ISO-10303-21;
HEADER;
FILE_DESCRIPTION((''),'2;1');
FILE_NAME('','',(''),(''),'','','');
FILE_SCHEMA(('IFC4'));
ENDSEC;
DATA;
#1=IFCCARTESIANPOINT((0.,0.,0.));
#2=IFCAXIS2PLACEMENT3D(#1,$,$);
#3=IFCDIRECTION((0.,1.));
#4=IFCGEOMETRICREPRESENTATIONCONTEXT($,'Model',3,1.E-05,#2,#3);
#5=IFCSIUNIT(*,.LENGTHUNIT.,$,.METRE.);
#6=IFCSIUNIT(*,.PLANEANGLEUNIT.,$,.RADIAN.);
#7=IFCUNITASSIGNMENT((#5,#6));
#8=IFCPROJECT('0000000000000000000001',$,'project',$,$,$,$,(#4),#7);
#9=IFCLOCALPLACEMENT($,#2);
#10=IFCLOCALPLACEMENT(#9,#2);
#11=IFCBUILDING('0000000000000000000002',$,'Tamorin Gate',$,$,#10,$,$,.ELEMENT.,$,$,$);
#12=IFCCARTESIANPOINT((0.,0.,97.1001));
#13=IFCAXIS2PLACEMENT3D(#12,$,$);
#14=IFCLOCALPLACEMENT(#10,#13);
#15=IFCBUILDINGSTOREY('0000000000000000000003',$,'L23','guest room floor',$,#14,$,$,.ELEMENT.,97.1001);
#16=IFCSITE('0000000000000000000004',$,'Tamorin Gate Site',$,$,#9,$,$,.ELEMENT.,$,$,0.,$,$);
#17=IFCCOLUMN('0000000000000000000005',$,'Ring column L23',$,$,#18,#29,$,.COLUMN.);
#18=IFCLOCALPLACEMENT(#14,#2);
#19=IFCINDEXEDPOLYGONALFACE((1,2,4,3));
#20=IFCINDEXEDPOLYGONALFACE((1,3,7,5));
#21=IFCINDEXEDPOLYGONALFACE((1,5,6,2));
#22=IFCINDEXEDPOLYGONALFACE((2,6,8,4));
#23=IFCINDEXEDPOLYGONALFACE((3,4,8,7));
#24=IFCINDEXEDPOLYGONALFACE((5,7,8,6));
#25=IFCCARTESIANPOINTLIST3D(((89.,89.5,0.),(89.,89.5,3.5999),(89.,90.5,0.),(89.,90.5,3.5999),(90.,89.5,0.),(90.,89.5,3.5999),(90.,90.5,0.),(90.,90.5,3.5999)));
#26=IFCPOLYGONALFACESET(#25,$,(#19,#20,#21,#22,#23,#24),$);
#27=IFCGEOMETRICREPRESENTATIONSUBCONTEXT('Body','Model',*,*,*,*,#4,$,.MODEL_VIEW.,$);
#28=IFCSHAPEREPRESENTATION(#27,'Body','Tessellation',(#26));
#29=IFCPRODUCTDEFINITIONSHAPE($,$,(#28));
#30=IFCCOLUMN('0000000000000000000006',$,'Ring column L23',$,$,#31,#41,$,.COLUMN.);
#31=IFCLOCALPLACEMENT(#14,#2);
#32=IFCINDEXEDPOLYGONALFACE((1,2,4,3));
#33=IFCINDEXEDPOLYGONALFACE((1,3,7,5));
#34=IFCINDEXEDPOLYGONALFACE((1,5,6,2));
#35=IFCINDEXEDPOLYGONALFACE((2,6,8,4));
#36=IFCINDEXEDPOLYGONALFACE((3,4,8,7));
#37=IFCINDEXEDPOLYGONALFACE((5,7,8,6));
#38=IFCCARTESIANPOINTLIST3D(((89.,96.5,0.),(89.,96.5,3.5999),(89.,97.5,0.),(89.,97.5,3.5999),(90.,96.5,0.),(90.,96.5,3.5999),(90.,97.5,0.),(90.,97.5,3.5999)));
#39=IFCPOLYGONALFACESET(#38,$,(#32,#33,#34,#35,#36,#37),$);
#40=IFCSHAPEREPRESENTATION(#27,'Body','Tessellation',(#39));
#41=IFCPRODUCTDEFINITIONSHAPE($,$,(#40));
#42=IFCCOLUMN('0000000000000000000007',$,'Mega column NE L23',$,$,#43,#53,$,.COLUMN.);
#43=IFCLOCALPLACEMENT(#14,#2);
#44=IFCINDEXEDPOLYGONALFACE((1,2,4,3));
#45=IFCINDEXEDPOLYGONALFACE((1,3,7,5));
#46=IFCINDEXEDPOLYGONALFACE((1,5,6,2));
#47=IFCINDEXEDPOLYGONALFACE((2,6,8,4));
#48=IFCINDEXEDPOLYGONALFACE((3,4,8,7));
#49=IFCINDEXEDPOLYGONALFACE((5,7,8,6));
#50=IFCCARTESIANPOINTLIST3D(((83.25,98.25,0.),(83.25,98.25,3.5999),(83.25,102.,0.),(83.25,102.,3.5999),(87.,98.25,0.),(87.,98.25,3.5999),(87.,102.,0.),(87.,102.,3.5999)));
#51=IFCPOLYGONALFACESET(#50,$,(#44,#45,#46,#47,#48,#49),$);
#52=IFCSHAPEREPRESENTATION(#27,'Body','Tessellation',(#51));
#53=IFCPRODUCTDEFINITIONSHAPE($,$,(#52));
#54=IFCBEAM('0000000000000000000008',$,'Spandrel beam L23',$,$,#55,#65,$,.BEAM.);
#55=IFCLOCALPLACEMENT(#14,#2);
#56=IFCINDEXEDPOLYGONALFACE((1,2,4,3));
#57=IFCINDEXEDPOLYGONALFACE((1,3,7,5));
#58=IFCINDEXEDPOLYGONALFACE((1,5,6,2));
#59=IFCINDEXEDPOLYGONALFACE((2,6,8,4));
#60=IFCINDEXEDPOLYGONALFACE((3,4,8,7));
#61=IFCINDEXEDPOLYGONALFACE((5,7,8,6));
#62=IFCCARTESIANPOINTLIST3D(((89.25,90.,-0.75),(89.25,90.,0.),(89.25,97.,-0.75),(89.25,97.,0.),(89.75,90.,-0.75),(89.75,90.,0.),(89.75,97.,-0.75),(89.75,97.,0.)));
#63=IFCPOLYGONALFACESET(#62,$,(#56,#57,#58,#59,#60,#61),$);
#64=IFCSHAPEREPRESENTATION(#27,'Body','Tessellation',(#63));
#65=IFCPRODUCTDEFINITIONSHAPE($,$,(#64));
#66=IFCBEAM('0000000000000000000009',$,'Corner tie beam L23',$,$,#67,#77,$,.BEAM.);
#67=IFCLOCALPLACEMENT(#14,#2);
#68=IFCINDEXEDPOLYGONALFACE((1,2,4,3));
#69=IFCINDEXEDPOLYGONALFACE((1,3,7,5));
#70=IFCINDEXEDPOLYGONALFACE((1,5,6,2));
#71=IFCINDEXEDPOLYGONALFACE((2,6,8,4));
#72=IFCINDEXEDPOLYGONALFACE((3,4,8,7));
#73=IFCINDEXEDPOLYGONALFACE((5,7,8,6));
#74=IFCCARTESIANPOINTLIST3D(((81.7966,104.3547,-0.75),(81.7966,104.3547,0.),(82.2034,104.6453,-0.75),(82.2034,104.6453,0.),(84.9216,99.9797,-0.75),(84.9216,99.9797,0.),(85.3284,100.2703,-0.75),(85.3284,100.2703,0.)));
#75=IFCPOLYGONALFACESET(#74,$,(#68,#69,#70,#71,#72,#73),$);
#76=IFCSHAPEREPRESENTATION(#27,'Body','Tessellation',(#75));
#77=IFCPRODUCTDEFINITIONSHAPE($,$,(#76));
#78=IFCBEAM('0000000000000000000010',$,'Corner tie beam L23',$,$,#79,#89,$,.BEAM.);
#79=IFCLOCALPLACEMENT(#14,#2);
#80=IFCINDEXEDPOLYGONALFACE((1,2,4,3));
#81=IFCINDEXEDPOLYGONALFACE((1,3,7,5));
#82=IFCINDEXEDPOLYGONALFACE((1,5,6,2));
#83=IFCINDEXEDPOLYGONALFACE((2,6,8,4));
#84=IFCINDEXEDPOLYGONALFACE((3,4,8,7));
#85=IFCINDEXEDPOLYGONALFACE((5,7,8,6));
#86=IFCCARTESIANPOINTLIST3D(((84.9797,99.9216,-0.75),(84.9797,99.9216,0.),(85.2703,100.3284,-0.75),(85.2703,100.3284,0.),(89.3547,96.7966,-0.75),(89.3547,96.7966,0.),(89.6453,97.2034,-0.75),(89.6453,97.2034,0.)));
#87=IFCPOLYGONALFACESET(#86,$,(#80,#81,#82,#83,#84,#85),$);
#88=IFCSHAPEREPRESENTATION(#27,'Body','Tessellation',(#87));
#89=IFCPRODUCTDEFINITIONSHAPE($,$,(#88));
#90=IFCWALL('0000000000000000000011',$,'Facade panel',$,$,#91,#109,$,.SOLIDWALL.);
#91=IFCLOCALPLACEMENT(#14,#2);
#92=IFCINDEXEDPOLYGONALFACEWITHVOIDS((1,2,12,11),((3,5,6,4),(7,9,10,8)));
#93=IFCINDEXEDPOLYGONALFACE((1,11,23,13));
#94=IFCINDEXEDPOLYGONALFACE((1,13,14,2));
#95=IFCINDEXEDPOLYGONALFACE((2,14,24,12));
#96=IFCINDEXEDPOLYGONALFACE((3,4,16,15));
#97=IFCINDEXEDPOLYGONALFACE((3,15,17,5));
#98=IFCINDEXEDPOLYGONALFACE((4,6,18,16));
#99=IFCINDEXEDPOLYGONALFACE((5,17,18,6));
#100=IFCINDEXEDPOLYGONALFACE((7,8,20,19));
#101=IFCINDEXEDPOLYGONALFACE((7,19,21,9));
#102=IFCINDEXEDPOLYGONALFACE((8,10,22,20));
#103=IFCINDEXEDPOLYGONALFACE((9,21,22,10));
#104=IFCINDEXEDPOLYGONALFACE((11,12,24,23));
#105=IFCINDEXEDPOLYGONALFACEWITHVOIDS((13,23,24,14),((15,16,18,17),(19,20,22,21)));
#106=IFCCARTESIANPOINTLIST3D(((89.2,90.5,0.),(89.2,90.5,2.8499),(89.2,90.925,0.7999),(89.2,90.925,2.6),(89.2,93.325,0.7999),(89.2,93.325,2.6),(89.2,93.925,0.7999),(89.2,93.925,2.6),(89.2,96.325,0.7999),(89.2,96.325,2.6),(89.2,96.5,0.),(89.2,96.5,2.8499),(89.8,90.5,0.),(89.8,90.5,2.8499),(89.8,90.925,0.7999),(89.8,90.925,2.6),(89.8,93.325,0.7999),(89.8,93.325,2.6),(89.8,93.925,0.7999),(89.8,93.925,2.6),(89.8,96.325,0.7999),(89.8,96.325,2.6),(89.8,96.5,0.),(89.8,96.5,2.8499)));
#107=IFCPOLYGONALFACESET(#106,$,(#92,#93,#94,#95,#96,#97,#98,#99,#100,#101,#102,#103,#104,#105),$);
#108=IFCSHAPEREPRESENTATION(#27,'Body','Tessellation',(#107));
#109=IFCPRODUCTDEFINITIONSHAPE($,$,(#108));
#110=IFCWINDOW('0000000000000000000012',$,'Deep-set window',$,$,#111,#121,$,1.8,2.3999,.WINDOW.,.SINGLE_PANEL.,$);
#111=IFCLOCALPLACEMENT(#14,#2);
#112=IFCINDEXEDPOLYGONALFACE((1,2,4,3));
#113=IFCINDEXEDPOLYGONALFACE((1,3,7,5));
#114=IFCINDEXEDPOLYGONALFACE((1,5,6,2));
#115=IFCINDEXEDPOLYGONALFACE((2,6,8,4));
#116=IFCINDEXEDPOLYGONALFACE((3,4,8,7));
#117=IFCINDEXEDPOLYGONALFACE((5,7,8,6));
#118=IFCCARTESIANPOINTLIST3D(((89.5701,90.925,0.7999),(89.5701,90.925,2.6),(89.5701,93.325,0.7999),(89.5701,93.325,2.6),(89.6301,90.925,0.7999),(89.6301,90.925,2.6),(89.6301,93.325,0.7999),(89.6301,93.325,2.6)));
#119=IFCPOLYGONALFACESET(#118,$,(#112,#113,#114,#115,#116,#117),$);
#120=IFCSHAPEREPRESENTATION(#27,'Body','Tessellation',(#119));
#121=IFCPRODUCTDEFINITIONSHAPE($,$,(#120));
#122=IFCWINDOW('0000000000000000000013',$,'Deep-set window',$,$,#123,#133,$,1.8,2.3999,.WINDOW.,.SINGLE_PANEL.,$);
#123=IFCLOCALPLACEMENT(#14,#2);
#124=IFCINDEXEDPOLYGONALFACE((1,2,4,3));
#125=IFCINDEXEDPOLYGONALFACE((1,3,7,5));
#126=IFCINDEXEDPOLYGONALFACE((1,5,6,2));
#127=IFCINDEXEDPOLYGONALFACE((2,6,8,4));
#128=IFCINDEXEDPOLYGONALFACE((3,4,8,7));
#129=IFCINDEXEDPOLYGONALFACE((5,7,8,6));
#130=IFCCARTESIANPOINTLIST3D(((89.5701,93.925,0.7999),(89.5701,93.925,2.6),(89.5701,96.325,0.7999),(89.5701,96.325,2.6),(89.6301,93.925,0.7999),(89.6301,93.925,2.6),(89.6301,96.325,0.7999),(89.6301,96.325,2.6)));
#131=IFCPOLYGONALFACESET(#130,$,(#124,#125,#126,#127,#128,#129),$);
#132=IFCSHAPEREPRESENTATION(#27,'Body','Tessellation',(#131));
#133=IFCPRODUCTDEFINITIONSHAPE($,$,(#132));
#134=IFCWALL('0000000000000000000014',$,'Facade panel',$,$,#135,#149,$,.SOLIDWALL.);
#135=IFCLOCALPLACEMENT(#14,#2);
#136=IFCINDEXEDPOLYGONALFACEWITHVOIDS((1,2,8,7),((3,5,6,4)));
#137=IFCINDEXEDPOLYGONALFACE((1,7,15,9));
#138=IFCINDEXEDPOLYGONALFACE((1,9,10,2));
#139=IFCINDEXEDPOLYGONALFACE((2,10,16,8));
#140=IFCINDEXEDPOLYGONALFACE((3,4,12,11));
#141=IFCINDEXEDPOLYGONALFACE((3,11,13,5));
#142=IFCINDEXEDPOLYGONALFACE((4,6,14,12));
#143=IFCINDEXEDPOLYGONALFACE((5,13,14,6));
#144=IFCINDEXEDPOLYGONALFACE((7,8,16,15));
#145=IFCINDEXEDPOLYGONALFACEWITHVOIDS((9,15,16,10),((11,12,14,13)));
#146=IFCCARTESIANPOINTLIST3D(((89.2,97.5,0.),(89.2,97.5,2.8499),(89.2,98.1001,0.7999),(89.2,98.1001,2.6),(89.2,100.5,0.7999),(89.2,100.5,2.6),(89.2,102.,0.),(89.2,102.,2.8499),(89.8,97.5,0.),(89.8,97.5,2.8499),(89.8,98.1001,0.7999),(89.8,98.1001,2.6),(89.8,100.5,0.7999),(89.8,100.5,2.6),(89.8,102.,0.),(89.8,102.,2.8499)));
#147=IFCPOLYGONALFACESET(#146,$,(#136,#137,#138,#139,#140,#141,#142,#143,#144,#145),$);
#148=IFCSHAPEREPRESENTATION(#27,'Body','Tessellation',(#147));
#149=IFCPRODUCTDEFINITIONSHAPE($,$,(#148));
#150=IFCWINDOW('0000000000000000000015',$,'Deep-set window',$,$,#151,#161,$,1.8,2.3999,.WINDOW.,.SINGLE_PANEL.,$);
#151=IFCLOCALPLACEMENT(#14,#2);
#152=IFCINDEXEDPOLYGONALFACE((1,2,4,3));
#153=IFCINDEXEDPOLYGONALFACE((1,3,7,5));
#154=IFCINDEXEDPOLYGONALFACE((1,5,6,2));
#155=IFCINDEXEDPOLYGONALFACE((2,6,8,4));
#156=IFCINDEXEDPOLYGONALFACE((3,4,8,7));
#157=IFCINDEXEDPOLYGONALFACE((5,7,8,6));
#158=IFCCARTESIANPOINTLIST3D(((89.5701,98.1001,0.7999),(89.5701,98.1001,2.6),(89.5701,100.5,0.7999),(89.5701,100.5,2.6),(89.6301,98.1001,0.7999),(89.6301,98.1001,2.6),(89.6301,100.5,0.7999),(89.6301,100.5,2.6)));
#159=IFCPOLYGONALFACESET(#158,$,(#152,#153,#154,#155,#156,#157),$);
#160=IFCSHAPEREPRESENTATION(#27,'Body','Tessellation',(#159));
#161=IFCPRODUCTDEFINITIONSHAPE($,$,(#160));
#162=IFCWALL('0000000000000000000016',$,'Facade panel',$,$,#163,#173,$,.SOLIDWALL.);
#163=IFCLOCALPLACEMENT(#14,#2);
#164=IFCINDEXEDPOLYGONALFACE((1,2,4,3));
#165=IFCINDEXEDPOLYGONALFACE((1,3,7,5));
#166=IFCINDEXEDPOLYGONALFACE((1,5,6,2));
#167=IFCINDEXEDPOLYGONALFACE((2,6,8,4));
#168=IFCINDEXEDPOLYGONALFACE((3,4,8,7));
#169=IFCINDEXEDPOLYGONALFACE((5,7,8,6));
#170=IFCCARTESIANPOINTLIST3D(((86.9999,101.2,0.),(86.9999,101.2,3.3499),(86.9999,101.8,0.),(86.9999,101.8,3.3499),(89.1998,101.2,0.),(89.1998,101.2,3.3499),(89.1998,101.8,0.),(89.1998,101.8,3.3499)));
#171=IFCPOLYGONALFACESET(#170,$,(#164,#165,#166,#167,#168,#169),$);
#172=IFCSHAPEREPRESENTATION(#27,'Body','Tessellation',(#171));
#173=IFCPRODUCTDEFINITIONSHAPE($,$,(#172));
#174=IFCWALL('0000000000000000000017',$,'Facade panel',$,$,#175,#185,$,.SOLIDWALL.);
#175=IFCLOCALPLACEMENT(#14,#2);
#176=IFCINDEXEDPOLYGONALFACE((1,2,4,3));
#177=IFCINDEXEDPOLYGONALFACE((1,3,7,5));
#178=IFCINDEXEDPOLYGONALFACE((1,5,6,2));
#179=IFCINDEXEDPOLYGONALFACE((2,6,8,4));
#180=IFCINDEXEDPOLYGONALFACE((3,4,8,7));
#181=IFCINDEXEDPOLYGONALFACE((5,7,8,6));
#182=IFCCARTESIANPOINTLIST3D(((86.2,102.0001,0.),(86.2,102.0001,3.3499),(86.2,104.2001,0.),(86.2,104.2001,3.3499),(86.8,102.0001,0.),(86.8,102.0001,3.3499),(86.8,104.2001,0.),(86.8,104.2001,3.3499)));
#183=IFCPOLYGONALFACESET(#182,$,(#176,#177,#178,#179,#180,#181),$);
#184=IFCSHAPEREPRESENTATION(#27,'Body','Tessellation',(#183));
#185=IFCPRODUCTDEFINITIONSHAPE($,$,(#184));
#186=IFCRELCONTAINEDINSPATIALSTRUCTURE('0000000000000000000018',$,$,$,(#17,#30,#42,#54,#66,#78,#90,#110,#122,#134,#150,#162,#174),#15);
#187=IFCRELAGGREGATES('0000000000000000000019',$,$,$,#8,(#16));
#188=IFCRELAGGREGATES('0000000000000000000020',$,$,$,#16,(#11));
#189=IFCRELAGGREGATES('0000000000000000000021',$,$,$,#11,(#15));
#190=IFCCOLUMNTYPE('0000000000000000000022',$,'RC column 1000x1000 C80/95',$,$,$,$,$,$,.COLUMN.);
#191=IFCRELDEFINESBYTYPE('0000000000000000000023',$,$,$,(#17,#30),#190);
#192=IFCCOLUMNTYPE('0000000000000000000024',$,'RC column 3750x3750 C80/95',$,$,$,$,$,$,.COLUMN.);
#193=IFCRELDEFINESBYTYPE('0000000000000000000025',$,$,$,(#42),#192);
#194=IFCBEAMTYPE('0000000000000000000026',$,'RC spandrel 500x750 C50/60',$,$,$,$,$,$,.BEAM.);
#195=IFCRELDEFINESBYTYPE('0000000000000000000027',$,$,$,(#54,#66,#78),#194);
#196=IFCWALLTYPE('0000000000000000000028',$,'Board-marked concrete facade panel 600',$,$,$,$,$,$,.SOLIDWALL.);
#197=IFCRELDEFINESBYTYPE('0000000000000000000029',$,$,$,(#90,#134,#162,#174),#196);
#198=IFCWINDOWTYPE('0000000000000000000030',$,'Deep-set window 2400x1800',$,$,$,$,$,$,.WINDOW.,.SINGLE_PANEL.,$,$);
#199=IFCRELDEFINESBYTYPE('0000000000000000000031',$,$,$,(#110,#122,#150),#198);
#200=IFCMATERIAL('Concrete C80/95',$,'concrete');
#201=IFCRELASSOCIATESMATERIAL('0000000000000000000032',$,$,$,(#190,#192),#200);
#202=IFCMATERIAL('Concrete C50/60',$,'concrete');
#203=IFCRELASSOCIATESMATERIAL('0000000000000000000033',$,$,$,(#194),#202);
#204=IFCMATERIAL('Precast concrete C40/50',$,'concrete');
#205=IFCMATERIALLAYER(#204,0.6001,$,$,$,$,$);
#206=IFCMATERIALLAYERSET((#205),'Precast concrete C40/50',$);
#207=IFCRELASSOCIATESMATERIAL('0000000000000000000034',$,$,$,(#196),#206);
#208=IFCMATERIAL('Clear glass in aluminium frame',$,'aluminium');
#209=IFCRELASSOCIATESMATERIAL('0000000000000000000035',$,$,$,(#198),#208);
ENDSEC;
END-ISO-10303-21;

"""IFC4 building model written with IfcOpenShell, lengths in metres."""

from ifc_helpers import new_model, si_unit, direction, frame, frame_2d, origin, origin_2d, place, context, subcontext, project, spatial, rectangle, extrude, material, layer, layer_set, material_profile, profile_set, type_object, element, fill, save


model = new_model("IFC4")

# Units and contexts
model_context = context("Model", 3, precision=1e-05, world=origin(), true_north=direction((0.0, 1.0)))
body_context = subcontext(model_context, "Body", "Model", "MODEL_VIEW")
ifc_project = project(units=[si_unit("LENGTHUNIT", "METRE"), si_unit("PLANEANGLEUNIT", "RADIAN")], contexts=[model_context])

# Site, building, storey
site_placement = place(None, origin())
site = spatial("IfcSite", under=ifc_project, at=site_placement, Name="Tamorin Gate Site", CompositionType="ELEMENT", RefElevation=0.0)
building_placement = place(site_placement, origin())
building = spatial("IfcBuilding", under=site, at=building_placement, Name="Tamorin Gate", CompositionType="ELEMENT")
storey_placement = place(building_placement, frame((0.0, 0.0, 97.1001)))
storey = spatial("IfcBuildingStorey", under=building, at=storey_placement, Name="L23", Description="guest room floor", CompositionType="ELEMENT", Elevation=97.1001)

# Columns
ifc_material_1 = material(Name="Concrete C80/95", Category="concrete")
ifc_material_profile_1 = material_profile(ifc_material_1, rectangle(XDim=1.0, YDim=1.0, at=origin_2d()), Name="RC 1000x1000")
ifc_profile_set_1 = profile_set([ifc_material_profile_1], Name="Concrete C80/95")
column_type_1 = type_object("IfcColumnType", Name="RC column 1000x1000 C80/95", PredefinedType="COLUMN", material=ifc_profile_set_1)
for number, where, z_axis, x_axis, name in (
    (1, (89.5, 90.0, 0.0), (0.0, 0.0, 1.0), (1.0, 0.0, 0.0), "Ring column L23"),
    (2, (89.5, 97.0, 0.0), (0.0, 0.0, 1.0), (1.0, 0.0, 0.0), "Ring column L23"),
):
    element("IfcColumn", number, at=place(storey_placement, frame(where, z_axis=z_axis, x_axis=x_axis)), inside=storey, type_object=column_type_1, Name=name, PredefinedType="COLUMN", context=body_context, shape_type="SweptSolid", body=[
        extrude(rectangle(XDim=1.0, YDim=1.0, at=origin_2d()), origin(), (0.0, 0.0, 1.0), 3.5999),
    ])
ifc_material_profile_2 = material_profile(ifc_material_1, rectangle(XDim=3.75, YDim=3.75, at=origin_2d()), Name="RC 3750x3750")
ifc_profile_set_2 = profile_set([ifc_material_profile_2], Name="Concrete C80/95")
column_type_2 = type_object("IfcColumnType", Name="RC column 3750x3750 C80/95", PredefinedType="COLUMN", material=ifc_profile_set_2)
column_placement = place(storey_placement, frame((85.125, 100.125, 0.0), z_axis=(0.0, 0.0, 1.0), x_axis=(1.0, 0.0, 0.0)))
element("IfcColumn", 3, at=column_placement, inside=storey, type_object=column_type_2, Name="Mega column NE L23", PredefinedType="COLUMN", context=body_context, shape_type="SweptSolid", body=[
    extrude(rectangle(XDim=3.75, YDim=3.75, at=origin_2d()), origin(), (0.0, 0.0, 1.0), 3.5999),
])

# Beams
ifc_material_2 = material(Name="Concrete C50/60", Category="concrete")
ifc_material_profile_3 = material_profile(ifc_material_2, rectangle(XDim=0.5, YDim=0.75, at=origin_2d()), Name="RC 500x750")
ifc_profile_set_3 = profile_set([ifc_material_profile_3], Name="Concrete C50/60")
beam_type = type_object("IfcBeamType", Name="RC spandrel 500x750 C50/60", PredefinedType="BEAM", material=ifc_profile_set_3)
beam_placement = place(storey_placement, frame((89.5, 90.0, -0.375), z_axis=(0.0, 1.0, 0.0), x_axis=(-1.0, 0.0, 0.0)))
element("IfcBeam", 4, at=beam_placement, inside=storey, type_object=beam_type, Name="Spandrel beam L23", PredefinedType="BEAM", context=body_context, shape_type="SweptSolid", body=[
    extrude(rectangle(XDim=0.5, YDim=0.75, at=origin_2d()), origin(), (0.0, 0.0, 1.0), 7.0),
])
for number, where, z_axis, x_axis, name in (
    (5, (85.125, 100.125, -0.375), (-0.581238, 0.813733, 0.0), (-0.813733, -0.581238, 0.0), "Corner tie beam L23"),
    (6, (85.125, 100.125, -0.375), (0.813733, -0.581238, 0.0), (0.581238, 0.813733, 0.0), "Corner tie beam L23"),
):
    element("IfcBeam", number, at=place(storey_placement, frame(where, z_axis=z_axis, x_axis=x_axis)), inside=storey, type_object=beam_type, Name=name, PredefinedType="BEAM", context=body_context, shape_type="SweptSolid", body=[
        extrude(rectangle(XDim=0.5, YDim=0.75, at=origin_2d()), origin(), (0.0, 0.0, 1.0), 5.3765),
    ])

# Wall, openings, windows
ifc_material_3 = material(Name="Precast concrete C40/50", Category="concrete")
ifc_layer_1 = layer(ifc_material_3, 0.6001)
ifc_layer_set_1 = layer_set([ifc_layer_1], Name="Precast concrete C40/50")
wall_type_1 = type_object("IfcWallType", Name="Board-marked concrete facade panel 600", PredefinedType="SOLIDWALL", material=ifc_layer_set_1)
wall_1_placement = place(storey_placement, frame((89.5, 90.5, 0.0), z_axis=(0.0, 0.0, 1.0), x_axis=(0.0, 1.0, 0.0)))
wall_1 = element("IfcWall", 7, at=wall_1_placement, inside=storey, type_object=wall_type_1, Name="Facade panel", PredefinedType="SOLIDWALL", context=body_context, shape_type="SweptSolid", body=[
    extrude(rectangle(XDim=6.0, YDim=0.6001, at=frame_2d((3.0, 0.0))), origin(), (0.0, 0.0, 1.0), 2.8499),
])
opening_1_placement = place(wall_1_placement, frame((0.425, 0.0, 0.8)))
opening_1 = element("IfcOpeningElement", 8, at=opening_1_placement, cuts=wall_1, PredefinedType="OPENING", context=body_context, shape_type="SweptSolid", body=[
    extrude(rectangle(XDim=2.3999, YDim=1.8, at=frame_2d((1.2, 0.8999))), frame((0.0, 0.3101, 0.0), z_axis=(0.0, -1.0, 0.0), x_axis=(1.0, 0.0, 0.0)), (0.0, 0.0, 1.0), 0.6201),
])
opening_2_placement = place(wall_1_placement, frame((3.425, 0.0, 0.8)))
opening_2 = element("IfcOpeningElement", 9, at=opening_2_placement, cuts=wall_1, PredefinedType="OPENING", context=body_context, shape_type="SweptSolid", body=[
    extrude(rectangle(XDim=2.3999, YDim=1.8, at=frame_2d((1.2, 0.8999))), frame((0.0, 0.3101, 0.0), z_axis=(0.0, -1.0, 0.0), x_axis=(1.0, 0.0, 0.0)), (0.0, 0.0, 1.0), 0.6201),
])
ifc_material_4 = material(Name="Clear glass in aluminium frame", Category="aluminium")
window_type = type_object("IfcWindowType", Name="Deep-set window 2400x1800", PartitioningType="SINGLE_PANEL", PredefinedType="WINDOW", material=ifc_material_4)
window_1_placement = place(opening_1_placement, origin())
window_1 = element("IfcWindow", 10, at=window_1_placement, inside=storey, type_object=window_type, Name="Deep-set window", OverallHeight=1.8, OverallWidth=2.3999, PartitioningType="SINGLE_PANEL", PredefinedType="WINDOW", context=body_context, shape_type="SweptSolid", body=[
    extrude(rectangle(XDim=2.3999, YDim=1.8, at=frame_2d((1.2, 0.8999))), frame((0.0, -0.0701, 0.0), z_axis=(0.0, -1.0, 0.0), x_axis=(1.0, 0.0, 0.0)), (0.0, 0.0, 1.0), 0.0601),
])
fill(opening_1, window_1)
window_2_placement = place(opening_2_placement, origin())
window_2 = element("IfcWindow", 11, at=window_2_placement, inside=storey, type_object=window_type, Name="Deep-set window", OverallHeight=1.8, OverallWidth=2.3999, PartitioningType="SINGLE_PANEL", PredefinedType="WINDOW", context=body_context, shape_type="SweptSolid", body=[
    extrude(rectangle(XDim=2.3999, YDim=1.8, at=frame_2d((1.2, 0.8999))), frame((0.0, -0.0701, 0.0), z_axis=(0.0, -1.0, 0.0), x_axis=(1.0, 0.0, 0.0)), (0.0, 0.0, 1.0), 0.0601),
])
fill(opening_2, window_2)

# Wall, opening, window
wall_2_placement = place(storey_placement, frame((89.5, 97.5, 0.0), z_axis=(0.0, 0.0, 1.0), x_axis=(0.0, 1.0, 0.0)))
wall_2 = element("IfcWall", 12, at=wall_2_placement, inside=storey, type_object=wall_type_1, Name="Facade panel", PredefinedType="SOLIDWALL", context=body_context, shape_type="SweptSolid", body=[
    extrude(rectangle(XDim=4.5, YDim=0.6001, at=frame_2d((2.25, 0.0))), origin(), (0.0, 0.0, 1.0), 2.8499),
])
opening_3_placement = place(wall_2_placement, frame((0.6001, 0.0, 0.8)))
opening_3 = element("IfcOpeningElement", 13, at=opening_3_placement, cuts=wall_2, PredefinedType="OPENING", context=body_context, shape_type="SweptSolid", body=[
    extrude(rectangle(XDim=2.3999, YDim=1.8, at=frame_2d((1.2, 0.8999))), frame((0.0, 0.3101, 0.0), z_axis=(0.0, -1.0, 0.0), x_axis=(1.0, 0.0, 0.0)), (0.0, 0.0, 1.0), 0.6201),
])
window_3_placement = place(opening_3_placement, origin())
window_3 = element("IfcWindow", 14, at=window_3_placement, inside=storey, type_object=window_type, Name="Deep-set window", OverallHeight=1.8, OverallWidth=2.3999, PartitioningType="SINGLE_PANEL", PredefinedType="WINDOW", context=body_context, shape_type="SweptSolid", body=[
    extrude(rectangle(XDim=2.3999, YDim=1.8, at=frame_2d((1.2, 0.8999))), frame((0.0, -0.0701, 0.0), z_axis=(0.0, -1.0, 0.0), x_axis=(1.0, 0.0, 0.0)), (0.0, 0.0, 1.0), 0.0601),
])
fill(opening_3, window_3)

# Walls
for number, where, z_axis, x_axis, name in (
    (15, (89.2, 101.5, 0.0), (0.0, 0.0, 1.0), (-1.0, 0.0, 0.0), "Facade panel"),
    (16, (86.5, 102.0, 0.0), (0.0, 0.0, 1.0), (0.0, 1.0, 0.0), "Facade panel"),
):
    element("IfcWall", number, at=place(storey_placement, frame(where, z_axis=z_axis, x_axis=x_axis)), inside=storey, type_object=wall_type_1, Name=name, PredefinedType="SOLIDWALL", context=body_context, shape_type="SweptSolid", body=[
        extrude(rectangle(XDim=2.2, YDim=0.6001, at=frame_2d((1.1001, 0.0))), origin(), (0.0, 0.0, 1.0), 3.3499),
    ])

save(model, "model.ifc")
